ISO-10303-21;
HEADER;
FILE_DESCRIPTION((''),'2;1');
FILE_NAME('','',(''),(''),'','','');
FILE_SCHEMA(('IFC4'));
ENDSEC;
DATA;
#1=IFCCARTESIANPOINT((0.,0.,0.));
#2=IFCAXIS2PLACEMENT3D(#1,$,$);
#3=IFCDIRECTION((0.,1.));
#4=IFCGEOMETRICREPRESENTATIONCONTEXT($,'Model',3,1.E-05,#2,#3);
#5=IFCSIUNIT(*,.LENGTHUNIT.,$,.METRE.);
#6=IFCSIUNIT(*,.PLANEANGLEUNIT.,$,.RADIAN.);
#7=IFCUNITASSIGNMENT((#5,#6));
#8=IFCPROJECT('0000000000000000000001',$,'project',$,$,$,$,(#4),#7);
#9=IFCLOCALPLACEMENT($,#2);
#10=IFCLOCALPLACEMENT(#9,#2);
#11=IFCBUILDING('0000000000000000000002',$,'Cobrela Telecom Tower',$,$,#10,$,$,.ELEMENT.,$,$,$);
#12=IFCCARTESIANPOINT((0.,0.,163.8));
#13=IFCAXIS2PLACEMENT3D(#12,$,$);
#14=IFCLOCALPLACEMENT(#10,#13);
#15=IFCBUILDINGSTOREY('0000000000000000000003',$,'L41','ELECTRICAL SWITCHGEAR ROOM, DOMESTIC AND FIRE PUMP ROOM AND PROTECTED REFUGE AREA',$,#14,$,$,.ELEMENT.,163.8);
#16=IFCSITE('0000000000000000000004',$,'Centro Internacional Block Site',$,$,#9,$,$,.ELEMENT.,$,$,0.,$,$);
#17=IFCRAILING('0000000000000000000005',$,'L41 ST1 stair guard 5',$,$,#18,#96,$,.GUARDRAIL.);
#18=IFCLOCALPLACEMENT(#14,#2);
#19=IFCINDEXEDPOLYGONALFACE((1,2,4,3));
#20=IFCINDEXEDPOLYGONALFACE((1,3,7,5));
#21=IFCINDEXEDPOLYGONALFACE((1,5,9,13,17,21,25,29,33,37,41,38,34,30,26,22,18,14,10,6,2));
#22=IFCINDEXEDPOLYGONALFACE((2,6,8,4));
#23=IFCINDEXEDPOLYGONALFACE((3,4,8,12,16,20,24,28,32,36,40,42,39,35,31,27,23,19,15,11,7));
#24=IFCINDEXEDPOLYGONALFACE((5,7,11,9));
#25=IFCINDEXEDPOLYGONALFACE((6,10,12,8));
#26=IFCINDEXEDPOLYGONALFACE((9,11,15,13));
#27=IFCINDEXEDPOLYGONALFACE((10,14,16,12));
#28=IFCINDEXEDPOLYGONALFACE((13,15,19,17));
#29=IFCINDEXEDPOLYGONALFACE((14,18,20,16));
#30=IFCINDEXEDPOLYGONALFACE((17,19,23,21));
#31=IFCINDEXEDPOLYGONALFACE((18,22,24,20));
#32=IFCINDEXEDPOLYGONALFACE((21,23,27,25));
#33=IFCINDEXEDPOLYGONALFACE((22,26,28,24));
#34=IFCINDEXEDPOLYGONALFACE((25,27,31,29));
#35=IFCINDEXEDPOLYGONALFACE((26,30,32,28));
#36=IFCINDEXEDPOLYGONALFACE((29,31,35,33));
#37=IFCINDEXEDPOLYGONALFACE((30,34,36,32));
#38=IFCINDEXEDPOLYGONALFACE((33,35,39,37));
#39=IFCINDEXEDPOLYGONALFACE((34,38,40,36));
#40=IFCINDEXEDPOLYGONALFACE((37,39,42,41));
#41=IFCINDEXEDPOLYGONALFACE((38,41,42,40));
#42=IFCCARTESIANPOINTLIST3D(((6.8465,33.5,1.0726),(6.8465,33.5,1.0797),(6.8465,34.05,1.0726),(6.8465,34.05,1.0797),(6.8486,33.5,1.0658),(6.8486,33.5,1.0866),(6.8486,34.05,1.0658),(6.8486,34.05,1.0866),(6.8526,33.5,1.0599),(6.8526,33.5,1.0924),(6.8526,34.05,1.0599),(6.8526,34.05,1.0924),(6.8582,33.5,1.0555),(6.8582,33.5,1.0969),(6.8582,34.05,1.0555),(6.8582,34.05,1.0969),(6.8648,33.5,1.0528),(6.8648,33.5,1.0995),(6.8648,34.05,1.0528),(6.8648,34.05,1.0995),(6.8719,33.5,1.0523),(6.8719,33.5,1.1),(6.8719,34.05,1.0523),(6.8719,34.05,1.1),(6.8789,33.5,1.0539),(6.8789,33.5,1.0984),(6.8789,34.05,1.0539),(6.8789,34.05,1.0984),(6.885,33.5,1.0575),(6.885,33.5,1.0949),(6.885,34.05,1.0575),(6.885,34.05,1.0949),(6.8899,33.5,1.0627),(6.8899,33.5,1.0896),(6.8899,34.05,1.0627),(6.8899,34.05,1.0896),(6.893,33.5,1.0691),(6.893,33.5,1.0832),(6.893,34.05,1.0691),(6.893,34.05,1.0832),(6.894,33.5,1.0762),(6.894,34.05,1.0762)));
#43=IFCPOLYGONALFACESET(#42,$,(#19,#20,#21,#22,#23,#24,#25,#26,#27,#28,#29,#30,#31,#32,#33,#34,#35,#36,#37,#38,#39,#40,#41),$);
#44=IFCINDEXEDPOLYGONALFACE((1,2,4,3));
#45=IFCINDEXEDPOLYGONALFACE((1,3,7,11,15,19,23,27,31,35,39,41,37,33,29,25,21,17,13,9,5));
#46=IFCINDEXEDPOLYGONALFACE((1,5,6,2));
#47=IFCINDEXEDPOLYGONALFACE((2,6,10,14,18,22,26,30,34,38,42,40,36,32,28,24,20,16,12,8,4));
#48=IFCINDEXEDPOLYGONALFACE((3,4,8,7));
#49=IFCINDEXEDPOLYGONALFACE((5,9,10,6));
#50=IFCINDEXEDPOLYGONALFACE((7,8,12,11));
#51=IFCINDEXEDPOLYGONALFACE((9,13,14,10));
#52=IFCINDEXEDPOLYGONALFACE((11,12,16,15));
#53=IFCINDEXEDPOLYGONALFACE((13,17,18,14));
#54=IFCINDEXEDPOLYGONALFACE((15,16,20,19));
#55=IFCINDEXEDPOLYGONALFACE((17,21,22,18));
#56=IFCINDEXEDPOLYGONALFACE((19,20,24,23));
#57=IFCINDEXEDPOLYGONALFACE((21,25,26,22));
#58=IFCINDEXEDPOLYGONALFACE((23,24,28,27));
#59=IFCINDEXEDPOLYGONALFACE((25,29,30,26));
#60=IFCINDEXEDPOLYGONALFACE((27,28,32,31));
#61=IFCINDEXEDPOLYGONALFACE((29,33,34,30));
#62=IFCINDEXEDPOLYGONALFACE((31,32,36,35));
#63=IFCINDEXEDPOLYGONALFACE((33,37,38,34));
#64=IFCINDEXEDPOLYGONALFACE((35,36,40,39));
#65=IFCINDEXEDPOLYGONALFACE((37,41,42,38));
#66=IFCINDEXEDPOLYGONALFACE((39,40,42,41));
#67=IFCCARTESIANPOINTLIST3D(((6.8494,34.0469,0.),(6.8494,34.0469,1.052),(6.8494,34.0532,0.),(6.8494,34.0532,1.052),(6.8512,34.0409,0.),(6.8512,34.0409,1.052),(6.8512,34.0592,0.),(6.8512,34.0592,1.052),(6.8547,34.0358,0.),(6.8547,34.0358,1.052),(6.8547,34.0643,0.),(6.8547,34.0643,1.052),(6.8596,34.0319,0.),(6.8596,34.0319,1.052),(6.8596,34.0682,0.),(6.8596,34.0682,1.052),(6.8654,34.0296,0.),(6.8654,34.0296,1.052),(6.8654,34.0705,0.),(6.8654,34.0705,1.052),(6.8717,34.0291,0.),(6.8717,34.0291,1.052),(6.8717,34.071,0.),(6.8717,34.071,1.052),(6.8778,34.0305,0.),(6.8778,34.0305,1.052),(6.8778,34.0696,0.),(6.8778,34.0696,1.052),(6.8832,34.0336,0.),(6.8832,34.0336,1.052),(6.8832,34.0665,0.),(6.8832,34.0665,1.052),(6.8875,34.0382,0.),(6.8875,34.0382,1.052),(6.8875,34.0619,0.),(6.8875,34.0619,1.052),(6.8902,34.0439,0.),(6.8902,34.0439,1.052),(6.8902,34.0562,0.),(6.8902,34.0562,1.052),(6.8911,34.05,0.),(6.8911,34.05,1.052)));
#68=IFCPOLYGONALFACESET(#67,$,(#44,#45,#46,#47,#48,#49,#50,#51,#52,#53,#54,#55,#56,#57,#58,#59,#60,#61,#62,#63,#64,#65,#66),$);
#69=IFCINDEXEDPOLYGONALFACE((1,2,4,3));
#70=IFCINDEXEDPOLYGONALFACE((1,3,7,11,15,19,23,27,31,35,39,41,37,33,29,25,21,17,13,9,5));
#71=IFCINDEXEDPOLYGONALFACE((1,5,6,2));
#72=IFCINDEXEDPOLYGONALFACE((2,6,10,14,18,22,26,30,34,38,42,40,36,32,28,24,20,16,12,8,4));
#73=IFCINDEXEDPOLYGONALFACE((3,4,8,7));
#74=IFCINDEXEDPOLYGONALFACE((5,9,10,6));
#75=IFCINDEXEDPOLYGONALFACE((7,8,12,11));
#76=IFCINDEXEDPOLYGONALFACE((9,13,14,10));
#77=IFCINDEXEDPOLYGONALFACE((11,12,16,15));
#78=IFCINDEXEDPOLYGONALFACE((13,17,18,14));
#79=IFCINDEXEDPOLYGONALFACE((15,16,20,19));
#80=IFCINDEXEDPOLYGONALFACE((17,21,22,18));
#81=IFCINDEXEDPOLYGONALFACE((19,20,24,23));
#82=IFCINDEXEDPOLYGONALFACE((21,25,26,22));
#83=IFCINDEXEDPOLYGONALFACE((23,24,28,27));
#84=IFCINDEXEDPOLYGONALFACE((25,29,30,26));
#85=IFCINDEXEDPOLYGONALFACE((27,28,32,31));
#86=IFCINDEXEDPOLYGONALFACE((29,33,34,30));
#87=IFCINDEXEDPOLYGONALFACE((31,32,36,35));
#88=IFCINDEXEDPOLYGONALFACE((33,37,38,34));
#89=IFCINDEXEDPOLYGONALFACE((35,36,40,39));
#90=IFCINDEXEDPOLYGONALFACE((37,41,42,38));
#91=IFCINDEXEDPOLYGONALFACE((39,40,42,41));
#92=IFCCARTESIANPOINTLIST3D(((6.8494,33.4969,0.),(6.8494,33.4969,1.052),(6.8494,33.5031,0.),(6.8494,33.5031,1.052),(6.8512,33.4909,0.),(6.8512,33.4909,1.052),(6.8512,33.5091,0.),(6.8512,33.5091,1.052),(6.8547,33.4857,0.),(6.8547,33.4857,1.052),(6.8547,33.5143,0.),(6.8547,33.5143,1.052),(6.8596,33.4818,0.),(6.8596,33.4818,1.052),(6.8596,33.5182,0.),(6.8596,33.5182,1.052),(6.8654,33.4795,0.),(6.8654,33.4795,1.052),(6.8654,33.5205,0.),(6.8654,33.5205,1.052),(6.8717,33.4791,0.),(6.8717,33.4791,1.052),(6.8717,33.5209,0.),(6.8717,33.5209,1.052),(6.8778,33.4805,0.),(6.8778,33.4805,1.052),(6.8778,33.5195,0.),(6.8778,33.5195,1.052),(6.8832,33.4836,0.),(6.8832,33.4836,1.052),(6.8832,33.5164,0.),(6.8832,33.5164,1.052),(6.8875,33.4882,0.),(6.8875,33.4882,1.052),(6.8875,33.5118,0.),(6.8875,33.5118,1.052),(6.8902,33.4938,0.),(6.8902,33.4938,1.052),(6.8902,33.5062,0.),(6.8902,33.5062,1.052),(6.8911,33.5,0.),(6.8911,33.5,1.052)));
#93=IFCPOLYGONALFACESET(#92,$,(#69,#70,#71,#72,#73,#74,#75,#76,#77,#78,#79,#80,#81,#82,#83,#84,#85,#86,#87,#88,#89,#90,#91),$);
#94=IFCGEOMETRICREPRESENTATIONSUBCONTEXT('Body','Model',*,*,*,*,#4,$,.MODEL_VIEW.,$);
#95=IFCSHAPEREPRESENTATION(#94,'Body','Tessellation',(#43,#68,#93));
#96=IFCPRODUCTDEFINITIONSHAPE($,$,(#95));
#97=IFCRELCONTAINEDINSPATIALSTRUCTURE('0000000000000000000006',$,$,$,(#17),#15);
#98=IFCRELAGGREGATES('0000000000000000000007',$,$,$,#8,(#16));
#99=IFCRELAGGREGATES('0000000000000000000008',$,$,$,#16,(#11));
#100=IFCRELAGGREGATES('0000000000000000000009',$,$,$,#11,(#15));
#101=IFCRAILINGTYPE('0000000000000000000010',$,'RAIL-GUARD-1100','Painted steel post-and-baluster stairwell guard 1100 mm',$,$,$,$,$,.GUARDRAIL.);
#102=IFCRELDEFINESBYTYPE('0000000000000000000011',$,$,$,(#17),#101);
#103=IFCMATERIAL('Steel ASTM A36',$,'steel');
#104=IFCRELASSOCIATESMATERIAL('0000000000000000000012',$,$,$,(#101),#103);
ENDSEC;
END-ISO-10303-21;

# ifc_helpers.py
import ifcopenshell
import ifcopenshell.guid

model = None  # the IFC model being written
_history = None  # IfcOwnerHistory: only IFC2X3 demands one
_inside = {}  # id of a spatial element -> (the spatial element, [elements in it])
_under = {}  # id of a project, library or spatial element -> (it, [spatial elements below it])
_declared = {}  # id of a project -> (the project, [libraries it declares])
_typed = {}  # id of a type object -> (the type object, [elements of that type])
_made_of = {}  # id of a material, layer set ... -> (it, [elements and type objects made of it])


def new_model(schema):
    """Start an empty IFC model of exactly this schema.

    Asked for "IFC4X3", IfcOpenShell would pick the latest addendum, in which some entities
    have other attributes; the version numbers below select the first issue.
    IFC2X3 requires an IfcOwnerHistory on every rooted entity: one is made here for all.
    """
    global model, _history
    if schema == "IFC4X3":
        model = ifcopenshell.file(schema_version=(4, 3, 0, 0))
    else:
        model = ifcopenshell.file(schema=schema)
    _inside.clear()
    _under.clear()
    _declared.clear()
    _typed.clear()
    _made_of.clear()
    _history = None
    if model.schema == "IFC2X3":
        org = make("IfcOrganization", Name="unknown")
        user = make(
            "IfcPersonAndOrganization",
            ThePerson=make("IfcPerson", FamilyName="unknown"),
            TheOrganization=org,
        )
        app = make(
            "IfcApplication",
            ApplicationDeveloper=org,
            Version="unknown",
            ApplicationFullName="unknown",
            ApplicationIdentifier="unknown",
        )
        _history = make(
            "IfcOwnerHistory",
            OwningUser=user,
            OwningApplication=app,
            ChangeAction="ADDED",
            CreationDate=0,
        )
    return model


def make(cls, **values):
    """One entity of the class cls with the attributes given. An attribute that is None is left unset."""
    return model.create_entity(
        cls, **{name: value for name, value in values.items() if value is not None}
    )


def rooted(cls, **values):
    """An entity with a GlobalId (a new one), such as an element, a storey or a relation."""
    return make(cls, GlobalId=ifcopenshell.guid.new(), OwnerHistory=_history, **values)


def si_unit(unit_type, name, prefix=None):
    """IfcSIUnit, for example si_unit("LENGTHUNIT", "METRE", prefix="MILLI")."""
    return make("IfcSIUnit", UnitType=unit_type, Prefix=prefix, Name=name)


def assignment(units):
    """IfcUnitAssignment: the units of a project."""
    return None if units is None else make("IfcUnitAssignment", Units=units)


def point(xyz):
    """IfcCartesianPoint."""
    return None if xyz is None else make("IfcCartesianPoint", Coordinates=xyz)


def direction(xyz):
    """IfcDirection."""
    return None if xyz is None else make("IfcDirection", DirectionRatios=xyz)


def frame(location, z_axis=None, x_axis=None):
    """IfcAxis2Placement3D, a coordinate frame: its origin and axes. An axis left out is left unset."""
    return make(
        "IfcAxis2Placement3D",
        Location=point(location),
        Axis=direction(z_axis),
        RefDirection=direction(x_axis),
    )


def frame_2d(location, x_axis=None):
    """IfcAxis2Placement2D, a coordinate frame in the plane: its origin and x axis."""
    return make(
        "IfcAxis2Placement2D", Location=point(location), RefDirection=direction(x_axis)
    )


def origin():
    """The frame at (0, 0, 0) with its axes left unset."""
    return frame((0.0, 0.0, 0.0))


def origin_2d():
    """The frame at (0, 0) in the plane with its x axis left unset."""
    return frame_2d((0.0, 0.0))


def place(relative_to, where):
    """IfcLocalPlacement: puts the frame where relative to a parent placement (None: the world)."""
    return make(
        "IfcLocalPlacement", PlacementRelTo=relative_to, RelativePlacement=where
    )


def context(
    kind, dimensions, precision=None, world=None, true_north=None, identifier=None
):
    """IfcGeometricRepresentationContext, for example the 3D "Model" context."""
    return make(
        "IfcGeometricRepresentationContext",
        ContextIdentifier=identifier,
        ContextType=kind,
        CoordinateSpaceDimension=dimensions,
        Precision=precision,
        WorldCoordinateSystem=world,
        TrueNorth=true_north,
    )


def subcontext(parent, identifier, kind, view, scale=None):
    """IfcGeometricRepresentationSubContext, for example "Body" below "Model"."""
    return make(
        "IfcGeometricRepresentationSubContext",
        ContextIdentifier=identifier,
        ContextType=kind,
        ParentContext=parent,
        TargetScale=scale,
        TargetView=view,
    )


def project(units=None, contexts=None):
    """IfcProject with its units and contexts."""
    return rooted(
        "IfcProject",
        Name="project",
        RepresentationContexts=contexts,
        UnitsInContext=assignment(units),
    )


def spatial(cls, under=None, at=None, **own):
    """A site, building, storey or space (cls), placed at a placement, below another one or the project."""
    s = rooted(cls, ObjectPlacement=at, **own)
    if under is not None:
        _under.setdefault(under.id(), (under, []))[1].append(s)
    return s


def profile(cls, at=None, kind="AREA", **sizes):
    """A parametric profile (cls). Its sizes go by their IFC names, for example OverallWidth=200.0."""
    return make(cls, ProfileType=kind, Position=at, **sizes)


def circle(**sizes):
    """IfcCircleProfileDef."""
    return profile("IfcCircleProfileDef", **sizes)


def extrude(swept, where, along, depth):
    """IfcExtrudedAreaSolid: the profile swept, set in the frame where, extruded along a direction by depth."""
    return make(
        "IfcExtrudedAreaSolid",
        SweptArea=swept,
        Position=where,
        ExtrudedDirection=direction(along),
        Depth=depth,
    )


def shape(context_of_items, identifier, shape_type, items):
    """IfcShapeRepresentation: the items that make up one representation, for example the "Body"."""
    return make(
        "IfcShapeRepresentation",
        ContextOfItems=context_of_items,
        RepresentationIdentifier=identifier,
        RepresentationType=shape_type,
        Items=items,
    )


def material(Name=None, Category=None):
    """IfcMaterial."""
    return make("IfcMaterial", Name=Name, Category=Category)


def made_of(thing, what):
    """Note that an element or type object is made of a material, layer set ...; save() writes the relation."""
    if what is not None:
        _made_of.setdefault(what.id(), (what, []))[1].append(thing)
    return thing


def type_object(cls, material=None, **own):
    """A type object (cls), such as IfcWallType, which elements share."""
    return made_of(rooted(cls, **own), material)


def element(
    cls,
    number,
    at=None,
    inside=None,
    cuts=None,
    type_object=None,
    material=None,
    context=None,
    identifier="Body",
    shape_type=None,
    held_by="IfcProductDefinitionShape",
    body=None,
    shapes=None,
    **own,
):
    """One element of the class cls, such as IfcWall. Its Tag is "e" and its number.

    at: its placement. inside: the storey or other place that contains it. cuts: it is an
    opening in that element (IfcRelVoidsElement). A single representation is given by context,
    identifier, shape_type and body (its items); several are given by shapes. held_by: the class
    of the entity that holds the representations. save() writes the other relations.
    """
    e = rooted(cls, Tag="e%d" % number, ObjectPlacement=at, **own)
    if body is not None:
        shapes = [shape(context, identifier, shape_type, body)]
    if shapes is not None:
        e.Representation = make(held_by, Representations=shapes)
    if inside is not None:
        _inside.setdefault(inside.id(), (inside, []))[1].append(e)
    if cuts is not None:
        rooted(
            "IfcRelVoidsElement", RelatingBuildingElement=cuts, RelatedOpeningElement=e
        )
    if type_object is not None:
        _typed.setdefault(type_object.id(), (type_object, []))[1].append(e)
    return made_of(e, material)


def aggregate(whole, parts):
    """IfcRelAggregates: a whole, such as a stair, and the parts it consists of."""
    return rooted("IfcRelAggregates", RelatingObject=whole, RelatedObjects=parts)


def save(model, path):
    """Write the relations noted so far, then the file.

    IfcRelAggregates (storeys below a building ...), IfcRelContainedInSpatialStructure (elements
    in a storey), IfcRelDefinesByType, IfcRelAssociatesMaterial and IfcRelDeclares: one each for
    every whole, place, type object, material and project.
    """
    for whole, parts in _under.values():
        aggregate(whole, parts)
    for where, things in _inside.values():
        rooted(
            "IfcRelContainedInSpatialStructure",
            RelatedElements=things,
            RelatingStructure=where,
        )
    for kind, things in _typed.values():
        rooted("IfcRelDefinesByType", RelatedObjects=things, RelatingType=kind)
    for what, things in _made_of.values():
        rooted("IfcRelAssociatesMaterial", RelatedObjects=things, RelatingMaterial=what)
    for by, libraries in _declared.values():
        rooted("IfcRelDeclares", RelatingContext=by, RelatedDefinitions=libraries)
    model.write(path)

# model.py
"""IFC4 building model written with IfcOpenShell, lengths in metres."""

from ifc_helpers import new_model, si_unit, direction, frame, origin, origin_2d, place, context, subcontext, project, spatial, circle, extrude, material, type_object, element, save


model = new_model("IFC4")

# Units and contexts
model_context = context("Model", 3, precision=1e-05, world=origin(), true_north=direction((0.0, 1.0)))
body_context = subcontext(model_context, "Body", "Model", "MODEL_VIEW")
ifc_project = project(units=[si_unit("LENGTHUNIT", "METRE"), si_unit("PLANEANGLEUNIT", "RADIAN")], contexts=[model_context])

# Site, building, storey
site_placement = place(None, origin())
site = spatial("IfcSite", under=ifc_project, at=site_placement, Name="Centro Internacional Block Site", CompositionType="ELEMENT", RefElevation=0.0)
building_placement = place(site_placement, origin())
building = spatial("IfcBuilding", under=site, at=building_placement, Name="Cobrela Telecom Tower", CompositionType="ELEMENT")
storey_placement = place(building_placement, frame((0.0, 0.0, 163.8)))
storey = spatial("IfcBuildingStorey", under=building, at=storey_placement, Name="L41", Description="ELECTRICAL SWITCHGEAR ROOM, DOMESTIC AND FIRE PUMP ROOM AND PROTECTED REFUGE AREA", CompositionType="ELEMENT", Elevation=163.8)

# Shared definitions
ifc_material_1 = material(Name="Steel ASTM A36", Category="steel")

# Railing
railing_type_1 = type_object("IfcRailingType", Name="RAIL-GUARD-1100", Description="Painted steel post-and-baluster stairwell guard 1100 mm", PredefinedType="GUARDRAIL", material=ifc_material_1)
railing_1_placement = place(storey_placement, frame((6.8701, 34.05, 0.0)))
element("IfcRailing", 1, at=railing_1_placement, inside=storey, type_object=railing_type_1, Name="L41 ST1 stair guard 5", PredefinedType="GUARDRAIL", context=body_context, shape_type="SweptSolid", body=[
    extrude(circle(Radius=0.0239, at=origin_2d()), frame((0.0, 0.0, 1.0762), z_axis=(0.0, -1.0, 0.0), x_axis=(1.0, 0.0, 0.0)), (0.0, 0.0, 1.0), 0.55),
    extrude(circle(Radius=0.021, at=origin_2d()), origin(), (0.0, 0.0, 1.0), 1.052),
    extrude(circle(Radius=0.021, at=origin_2d()), frame((0.0, -0.55, 0.0)), (0.0, 0.0, 1.0), 1.052),
])

save(model, "model.ifc")
